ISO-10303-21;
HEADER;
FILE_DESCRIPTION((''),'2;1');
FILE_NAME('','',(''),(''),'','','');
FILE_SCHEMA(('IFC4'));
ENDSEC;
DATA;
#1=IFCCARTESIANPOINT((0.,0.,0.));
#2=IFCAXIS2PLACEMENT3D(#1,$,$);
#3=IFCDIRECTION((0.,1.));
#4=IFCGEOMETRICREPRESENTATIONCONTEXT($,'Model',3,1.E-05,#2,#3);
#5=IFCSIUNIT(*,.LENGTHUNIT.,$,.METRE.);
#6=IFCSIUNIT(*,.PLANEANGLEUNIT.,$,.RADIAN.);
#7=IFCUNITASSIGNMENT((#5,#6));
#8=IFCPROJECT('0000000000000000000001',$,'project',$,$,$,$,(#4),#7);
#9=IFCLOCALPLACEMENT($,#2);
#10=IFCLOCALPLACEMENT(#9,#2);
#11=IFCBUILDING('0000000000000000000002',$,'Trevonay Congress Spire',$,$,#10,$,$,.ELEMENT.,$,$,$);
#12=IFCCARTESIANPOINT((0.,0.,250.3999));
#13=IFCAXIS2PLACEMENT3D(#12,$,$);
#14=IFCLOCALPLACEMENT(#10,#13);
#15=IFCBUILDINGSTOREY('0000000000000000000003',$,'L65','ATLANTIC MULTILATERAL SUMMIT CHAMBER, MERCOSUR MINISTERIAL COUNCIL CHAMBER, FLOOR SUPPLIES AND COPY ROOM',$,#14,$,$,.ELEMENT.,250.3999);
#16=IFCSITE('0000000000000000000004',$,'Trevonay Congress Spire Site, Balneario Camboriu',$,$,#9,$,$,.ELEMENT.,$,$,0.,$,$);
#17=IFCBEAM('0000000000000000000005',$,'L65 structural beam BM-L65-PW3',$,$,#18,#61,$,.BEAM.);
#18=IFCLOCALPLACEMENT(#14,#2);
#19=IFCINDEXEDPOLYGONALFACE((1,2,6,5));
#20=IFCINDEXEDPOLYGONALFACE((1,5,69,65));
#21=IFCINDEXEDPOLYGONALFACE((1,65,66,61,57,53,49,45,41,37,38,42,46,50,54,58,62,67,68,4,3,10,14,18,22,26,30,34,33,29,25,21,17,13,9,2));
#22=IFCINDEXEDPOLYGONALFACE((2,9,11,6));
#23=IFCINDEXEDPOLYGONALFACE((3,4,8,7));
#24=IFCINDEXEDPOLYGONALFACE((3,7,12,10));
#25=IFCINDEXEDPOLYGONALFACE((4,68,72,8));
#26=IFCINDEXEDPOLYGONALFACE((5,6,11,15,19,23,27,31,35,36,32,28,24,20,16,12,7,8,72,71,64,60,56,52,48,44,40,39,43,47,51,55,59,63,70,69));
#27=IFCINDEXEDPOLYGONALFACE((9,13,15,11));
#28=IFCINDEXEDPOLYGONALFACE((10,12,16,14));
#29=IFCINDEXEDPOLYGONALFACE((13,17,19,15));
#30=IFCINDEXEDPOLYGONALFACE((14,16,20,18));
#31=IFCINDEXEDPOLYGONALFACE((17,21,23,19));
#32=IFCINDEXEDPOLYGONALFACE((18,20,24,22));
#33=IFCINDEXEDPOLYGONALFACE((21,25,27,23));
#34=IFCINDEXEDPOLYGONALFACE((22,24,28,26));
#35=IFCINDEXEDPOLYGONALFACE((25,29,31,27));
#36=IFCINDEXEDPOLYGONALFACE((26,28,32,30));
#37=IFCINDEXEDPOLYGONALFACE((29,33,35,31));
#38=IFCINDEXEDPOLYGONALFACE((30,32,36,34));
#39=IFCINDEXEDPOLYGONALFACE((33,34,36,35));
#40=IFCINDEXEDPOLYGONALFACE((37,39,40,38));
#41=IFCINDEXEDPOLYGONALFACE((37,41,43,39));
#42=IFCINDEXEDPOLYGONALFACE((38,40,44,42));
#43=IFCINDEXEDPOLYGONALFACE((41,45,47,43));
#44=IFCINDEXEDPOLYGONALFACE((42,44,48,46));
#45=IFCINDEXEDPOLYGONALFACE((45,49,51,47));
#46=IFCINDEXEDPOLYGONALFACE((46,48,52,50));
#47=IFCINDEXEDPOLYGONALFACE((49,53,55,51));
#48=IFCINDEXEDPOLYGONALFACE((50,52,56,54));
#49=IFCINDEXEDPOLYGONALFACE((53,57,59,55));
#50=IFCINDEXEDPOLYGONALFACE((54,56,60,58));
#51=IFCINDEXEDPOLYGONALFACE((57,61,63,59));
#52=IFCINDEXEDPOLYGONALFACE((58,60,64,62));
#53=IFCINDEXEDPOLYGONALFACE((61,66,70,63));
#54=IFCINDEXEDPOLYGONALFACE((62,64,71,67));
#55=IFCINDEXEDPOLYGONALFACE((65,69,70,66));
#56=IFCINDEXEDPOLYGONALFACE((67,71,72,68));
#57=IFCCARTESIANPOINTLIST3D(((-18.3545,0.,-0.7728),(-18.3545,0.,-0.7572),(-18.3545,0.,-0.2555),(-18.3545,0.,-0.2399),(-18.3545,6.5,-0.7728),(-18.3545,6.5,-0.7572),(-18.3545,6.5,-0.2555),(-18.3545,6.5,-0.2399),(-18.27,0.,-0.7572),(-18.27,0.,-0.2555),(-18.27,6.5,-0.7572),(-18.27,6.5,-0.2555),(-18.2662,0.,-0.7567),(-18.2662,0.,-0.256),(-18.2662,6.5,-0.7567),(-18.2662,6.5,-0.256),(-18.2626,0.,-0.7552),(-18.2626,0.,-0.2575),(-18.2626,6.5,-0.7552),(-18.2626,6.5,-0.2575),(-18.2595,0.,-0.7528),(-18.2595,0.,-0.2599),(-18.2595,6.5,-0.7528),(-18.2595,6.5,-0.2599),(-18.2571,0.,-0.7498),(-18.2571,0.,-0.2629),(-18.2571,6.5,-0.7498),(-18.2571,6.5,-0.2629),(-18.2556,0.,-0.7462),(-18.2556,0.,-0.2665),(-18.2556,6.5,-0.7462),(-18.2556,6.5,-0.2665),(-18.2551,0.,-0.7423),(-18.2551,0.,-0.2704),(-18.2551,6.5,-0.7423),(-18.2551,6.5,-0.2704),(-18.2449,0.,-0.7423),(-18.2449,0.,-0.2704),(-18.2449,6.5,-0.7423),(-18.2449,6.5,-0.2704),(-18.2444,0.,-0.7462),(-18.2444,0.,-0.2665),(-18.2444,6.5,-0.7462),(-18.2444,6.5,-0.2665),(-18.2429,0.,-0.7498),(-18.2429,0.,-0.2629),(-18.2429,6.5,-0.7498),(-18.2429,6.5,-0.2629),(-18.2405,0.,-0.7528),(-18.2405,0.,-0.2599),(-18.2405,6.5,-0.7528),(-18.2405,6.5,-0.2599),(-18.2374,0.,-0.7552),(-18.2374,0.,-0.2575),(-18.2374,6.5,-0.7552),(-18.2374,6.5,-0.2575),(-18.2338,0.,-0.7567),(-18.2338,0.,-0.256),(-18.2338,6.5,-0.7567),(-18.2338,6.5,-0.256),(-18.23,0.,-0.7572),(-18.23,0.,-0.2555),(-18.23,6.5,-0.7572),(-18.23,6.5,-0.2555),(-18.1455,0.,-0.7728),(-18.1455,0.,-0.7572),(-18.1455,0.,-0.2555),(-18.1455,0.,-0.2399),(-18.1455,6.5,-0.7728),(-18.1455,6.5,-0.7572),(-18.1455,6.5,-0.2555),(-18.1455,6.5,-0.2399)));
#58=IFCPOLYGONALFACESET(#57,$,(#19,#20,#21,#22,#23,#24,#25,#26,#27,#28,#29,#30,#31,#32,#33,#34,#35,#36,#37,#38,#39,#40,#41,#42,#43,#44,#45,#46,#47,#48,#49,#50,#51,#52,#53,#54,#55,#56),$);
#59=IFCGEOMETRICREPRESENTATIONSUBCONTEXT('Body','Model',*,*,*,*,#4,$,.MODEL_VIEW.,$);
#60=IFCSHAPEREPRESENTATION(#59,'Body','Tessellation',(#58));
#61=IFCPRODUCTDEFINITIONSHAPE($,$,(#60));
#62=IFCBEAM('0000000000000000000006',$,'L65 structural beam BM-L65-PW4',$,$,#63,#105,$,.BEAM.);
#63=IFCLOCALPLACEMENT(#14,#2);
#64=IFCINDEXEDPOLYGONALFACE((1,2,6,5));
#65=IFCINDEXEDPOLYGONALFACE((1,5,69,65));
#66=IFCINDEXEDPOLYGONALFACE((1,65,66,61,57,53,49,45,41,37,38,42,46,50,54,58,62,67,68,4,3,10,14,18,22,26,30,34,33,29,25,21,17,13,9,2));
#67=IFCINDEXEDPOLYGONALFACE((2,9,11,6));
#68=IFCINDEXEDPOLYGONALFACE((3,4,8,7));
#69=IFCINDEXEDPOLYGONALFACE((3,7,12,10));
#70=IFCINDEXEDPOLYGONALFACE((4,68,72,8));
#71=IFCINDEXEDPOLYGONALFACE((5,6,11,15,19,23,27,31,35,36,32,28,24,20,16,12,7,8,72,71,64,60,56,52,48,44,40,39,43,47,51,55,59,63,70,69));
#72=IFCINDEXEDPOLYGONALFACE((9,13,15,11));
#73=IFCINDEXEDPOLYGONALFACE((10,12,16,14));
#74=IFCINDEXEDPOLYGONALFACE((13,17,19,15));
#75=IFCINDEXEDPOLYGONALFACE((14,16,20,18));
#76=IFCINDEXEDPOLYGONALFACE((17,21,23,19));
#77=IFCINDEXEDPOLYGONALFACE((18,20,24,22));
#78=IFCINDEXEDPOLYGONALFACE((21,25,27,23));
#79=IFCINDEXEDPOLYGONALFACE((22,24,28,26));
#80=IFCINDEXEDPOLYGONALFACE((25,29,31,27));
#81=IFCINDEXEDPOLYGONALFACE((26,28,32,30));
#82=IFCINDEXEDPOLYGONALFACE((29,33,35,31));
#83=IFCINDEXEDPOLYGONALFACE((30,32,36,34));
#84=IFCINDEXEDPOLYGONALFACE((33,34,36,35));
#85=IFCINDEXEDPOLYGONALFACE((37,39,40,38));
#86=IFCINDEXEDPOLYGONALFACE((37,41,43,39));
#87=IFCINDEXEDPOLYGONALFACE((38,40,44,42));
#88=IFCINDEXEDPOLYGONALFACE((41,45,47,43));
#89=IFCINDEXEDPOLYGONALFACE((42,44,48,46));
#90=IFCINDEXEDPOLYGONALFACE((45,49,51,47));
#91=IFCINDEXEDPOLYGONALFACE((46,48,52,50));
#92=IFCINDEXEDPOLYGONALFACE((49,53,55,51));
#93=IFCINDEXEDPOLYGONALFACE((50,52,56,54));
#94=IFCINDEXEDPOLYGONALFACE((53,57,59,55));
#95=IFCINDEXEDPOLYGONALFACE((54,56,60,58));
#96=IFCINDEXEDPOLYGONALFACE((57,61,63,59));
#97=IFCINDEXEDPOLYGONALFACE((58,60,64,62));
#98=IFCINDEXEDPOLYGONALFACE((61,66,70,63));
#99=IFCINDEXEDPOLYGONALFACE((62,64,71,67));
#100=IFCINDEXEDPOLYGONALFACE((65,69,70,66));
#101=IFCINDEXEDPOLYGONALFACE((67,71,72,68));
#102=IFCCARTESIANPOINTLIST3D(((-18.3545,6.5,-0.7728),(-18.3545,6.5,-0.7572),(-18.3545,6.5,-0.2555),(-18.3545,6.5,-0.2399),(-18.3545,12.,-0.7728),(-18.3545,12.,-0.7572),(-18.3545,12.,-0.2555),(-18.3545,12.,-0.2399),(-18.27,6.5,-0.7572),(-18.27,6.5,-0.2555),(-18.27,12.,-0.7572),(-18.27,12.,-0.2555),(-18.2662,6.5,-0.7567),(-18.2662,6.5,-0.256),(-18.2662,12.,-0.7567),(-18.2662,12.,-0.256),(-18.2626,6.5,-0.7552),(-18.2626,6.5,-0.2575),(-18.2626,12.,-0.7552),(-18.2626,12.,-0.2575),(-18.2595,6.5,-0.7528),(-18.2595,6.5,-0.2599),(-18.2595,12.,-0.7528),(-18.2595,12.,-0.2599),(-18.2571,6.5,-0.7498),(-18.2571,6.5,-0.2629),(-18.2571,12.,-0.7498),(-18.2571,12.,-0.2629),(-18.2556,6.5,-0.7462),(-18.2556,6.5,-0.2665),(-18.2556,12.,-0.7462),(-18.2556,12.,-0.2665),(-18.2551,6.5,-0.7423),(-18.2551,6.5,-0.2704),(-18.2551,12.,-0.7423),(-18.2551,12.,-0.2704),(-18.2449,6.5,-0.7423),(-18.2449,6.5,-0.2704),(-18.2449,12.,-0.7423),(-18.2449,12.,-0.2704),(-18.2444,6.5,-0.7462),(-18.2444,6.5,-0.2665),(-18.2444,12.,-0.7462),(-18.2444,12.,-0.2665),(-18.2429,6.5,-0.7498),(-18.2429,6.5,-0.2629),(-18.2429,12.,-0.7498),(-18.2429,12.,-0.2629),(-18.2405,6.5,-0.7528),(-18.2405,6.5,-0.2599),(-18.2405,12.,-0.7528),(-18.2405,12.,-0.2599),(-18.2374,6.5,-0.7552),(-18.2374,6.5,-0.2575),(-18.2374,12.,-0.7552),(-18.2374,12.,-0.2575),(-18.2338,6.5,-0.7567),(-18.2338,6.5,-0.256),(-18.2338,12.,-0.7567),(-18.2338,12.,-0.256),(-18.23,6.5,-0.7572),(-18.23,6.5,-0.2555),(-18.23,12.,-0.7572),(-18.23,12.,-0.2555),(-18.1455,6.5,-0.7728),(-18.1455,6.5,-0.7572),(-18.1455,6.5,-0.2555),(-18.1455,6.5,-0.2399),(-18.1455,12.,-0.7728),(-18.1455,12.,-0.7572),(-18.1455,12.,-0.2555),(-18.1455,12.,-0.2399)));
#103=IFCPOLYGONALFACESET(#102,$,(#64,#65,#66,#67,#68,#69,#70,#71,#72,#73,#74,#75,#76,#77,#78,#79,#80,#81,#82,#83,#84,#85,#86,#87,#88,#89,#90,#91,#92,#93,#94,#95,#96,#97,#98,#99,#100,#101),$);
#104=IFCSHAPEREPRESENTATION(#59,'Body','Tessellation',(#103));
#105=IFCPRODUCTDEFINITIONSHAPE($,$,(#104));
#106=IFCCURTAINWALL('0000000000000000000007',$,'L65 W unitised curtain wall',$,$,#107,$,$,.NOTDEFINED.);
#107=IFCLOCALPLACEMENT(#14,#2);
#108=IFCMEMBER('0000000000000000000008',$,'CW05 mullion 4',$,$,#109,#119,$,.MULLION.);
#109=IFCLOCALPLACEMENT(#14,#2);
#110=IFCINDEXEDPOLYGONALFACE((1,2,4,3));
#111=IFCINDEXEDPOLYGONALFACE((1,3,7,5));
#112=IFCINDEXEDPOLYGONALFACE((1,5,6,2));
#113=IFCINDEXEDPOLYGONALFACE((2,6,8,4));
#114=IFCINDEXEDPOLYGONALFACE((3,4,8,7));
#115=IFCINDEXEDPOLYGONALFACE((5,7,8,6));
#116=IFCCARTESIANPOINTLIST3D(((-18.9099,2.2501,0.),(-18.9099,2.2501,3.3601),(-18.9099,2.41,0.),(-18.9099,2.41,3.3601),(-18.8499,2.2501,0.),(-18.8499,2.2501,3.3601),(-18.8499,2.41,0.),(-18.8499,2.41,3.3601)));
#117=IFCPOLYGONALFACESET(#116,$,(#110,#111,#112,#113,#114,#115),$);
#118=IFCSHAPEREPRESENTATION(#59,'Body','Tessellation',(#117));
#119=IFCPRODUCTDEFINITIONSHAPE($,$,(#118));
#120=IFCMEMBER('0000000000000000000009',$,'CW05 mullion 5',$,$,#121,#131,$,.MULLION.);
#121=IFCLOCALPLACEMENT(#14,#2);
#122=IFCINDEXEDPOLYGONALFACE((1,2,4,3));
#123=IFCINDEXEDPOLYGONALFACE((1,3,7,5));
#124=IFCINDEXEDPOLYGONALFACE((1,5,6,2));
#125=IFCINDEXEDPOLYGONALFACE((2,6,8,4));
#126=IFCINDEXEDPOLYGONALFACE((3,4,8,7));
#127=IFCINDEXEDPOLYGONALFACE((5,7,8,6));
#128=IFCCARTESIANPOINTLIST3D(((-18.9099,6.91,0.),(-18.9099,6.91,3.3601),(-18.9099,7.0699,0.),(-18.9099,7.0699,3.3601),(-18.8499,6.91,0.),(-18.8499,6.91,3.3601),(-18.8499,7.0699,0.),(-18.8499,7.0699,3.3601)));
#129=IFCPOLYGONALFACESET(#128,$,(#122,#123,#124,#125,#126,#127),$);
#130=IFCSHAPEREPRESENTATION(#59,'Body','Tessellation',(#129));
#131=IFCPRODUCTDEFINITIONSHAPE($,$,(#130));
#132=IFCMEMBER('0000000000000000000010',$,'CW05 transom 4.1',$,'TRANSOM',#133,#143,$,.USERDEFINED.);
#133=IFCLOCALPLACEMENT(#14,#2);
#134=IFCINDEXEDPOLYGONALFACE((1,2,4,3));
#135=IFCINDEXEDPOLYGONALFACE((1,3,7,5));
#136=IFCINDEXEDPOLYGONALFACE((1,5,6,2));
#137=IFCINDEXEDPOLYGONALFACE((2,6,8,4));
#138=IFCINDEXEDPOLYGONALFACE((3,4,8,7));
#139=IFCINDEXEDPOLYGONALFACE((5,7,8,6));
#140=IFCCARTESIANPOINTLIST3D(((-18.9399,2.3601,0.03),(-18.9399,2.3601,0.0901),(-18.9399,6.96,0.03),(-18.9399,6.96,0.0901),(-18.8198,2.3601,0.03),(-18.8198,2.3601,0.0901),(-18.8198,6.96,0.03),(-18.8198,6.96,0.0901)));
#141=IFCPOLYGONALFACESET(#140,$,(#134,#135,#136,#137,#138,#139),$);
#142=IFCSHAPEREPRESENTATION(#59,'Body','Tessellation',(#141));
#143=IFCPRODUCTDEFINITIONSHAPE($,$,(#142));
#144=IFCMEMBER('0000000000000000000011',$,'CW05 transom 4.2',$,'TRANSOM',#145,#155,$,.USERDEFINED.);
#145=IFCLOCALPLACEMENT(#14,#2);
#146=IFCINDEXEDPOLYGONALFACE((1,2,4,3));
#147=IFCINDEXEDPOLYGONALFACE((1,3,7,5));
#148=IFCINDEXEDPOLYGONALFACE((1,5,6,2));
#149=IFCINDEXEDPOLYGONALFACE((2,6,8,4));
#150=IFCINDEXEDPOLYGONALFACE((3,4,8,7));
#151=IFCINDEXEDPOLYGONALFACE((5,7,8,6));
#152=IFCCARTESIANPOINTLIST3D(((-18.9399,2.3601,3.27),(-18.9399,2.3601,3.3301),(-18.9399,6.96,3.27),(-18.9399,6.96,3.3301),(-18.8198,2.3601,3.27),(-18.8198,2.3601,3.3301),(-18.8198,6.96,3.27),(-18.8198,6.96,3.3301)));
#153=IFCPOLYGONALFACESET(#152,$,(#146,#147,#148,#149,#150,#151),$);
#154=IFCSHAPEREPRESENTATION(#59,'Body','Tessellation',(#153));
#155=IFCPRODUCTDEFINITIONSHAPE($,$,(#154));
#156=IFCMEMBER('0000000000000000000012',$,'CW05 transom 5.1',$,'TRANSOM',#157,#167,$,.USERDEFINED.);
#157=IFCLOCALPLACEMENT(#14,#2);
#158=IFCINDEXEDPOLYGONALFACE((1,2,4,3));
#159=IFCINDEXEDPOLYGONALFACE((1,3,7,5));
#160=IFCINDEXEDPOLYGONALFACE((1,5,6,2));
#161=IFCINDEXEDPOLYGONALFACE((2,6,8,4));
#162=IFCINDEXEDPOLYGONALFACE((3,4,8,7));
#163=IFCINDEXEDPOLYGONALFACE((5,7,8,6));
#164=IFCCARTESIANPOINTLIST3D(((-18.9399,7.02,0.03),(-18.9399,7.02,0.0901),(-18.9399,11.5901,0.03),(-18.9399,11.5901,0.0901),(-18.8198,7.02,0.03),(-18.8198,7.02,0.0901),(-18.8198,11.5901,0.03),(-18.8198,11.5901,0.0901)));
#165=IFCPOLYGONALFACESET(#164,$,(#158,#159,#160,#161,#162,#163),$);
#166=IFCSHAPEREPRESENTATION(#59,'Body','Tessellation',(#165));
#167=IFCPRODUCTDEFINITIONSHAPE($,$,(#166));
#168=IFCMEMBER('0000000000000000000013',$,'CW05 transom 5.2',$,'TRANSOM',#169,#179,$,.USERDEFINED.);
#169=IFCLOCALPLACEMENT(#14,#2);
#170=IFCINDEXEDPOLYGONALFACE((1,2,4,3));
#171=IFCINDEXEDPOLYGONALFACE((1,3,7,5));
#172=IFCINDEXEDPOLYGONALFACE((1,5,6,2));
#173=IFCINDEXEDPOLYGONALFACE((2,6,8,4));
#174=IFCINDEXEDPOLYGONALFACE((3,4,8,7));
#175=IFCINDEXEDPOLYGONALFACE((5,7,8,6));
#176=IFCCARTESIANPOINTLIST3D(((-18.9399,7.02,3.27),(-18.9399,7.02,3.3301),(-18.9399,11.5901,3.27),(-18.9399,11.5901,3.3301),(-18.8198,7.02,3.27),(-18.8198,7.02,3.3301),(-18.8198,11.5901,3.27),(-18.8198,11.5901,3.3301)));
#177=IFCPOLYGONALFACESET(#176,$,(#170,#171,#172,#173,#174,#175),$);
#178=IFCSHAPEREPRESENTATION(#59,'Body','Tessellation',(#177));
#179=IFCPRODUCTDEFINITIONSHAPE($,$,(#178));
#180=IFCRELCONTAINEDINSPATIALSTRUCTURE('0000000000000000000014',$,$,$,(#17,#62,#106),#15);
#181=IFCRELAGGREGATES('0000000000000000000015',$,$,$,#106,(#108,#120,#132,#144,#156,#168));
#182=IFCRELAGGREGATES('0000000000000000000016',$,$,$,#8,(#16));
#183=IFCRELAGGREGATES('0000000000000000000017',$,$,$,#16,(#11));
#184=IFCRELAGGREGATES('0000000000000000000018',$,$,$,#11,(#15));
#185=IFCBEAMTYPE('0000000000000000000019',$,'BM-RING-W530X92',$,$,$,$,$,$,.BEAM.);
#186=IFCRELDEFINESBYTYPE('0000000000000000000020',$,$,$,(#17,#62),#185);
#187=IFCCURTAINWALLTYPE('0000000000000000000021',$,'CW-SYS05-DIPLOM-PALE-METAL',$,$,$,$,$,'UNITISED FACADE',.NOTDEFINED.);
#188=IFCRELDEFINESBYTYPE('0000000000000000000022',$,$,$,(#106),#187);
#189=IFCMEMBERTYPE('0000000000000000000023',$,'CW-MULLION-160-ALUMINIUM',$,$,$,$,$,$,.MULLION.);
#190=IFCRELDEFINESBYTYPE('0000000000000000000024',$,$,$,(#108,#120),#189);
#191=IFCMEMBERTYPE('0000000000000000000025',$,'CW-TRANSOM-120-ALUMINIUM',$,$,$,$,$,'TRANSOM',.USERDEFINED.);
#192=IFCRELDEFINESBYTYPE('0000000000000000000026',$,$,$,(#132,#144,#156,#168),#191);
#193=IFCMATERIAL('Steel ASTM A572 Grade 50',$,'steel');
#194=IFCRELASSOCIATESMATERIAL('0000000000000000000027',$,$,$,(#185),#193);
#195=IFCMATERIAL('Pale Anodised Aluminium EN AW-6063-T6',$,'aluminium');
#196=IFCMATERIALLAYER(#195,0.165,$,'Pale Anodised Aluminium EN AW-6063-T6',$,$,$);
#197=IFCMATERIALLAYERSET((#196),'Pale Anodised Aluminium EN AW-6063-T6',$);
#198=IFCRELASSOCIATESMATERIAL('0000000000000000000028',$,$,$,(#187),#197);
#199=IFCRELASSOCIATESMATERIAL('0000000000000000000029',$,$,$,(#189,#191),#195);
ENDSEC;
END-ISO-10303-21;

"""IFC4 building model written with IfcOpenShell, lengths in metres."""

from ifc_helpers import new_model, si_unit, direction, frame, origin, origin_2d, place, context, subcontext, project, spatial, rectangle, i_section, extrude, material, layer, layer_set, material_profile, profile_set, type_object, element, aggregate, save


model = new_model("IFC4")

# Units and contexts
model_context = context("Model", 3, precision=1e-05, world=origin(), true_north=direction((0.0, 1.0)))
body_context = subcontext(model_context, "Body", "Model", "MODEL_VIEW")
ifc_project = project(units=[si_unit("LENGTHUNIT", "METRE"), si_unit("PLANEANGLEUNIT", "RADIAN")], contexts=[model_context])

# Site, building, storey
site_placement = place(None, origin())
site = spatial("IfcSite", under=ifc_project, at=site_placement, Name="Trevonay Congress Spire Site, Balneario Camboriu", CompositionType="ELEMENT", RefElevation=0.0)
building_placement = place(site_placement, origin())
building = spatial("IfcBuilding", under=site, at=building_placement, Name="Trevonay Congress Spire", CompositionType="ELEMENT")
storey_placement = place(building_placement, frame((0.0, 0.0, 250.3999)))
storey = spatial("IfcBuildingStorey", under=building, at=storey_placement, Name="L65", Description="ATLANTIC MULTILATERAL SUMMIT CHAMBER, MERCOSUR MINISTERIAL COUNCIL CHAMBER, FLOOR SUPPLIES AND COPY ROOM", CompositionType="ELEMENT", Elevation=250.3999)

# Shared definitions
ifc_material_1 = material(Name="Steel ASTM A572 Grade 50", Category="steel")

# Beams
ifc_material_profile_1 = material_profile(ifc_material_1, i_section(OverallWidth=0.209, OverallDepth=0.533, WebThickness=0.0103, FlangeThickness=0.0156, FilletRadius=0.0149, at=origin_2d()), Name="W530x92")
ifc_profile_set_1 = profile_set([ifc_material_profile_1], Name="Steel ASTM A572 Grade 50")
beam_type_1 = type_object("IfcBeamType", Name="BM-RING-W530X92", PredefinedType="BEAM", material=ifc_profile_set_1)
beam_1_placement = place(storey_placement, frame((-18.25, 0.0, -0.5063), z_axis=(0.0, 1.0, 0.0), x_axis=(-1.0, 0.0, 0.0)))
element("IfcBeam", 1, at=beam_1_placement, inside=storey, type_object=beam_type_1, Name="L65 structural beam BM-L65-PW3", PredefinedType="BEAM", context=body_context, shape_type="SweptSolid", body=[
    extrude(i_section(OverallWidth=0.209, OverallDepth=0.533, WebThickness=0.0103, FlangeThickness=0.0156, FilletRadius=0.0149, at=origin_2d()), origin(), (0.0, 0.0, 1.0), 6.5),
])
beam_2_placement = place(storey_placement, frame((-18.25, 6.5, -0.5063), z_axis=(0.0, 1.0, 0.0), x_axis=(-1.0, 0.0, 0.0)))
element("IfcBeam", 2, at=beam_2_placement, inside=storey, type_object=beam_type_1, Name="L65 structural beam BM-L65-PW4", PredefinedType="BEAM", context=body_context, shape_type="SweptSolid", body=[
    extrude(i_section(OverallWidth=0.209, OverallDepth=0.533, WebThickness=0.0103, FlangeThickness=0.0156, FilletRadius=0.0149, at=origin_2d()), origin(), (0.0, 0.0, 1.0), 5.5),
])

# Curtain wall, members
ifc_material_2 = material(Name="Pale Anodised Aluminium EN AW-6063-T6", Category="aluminium")
ifc_layer_1 = layer(ifc_material_2, 0.165, Name="Pale Anodised Aluminium EN AW-6063-T6")
ifc_layer_set_1 = layer_set([ifc_layer_1], Name="Pale Anodised Aluminium EN AW-6063-T6")
curtain_wall_type = type_object("IfcCurtainWallType", Name="CW-SYS05-DIPLOM-PALE-METAL", ElementType="UNITISED FACADE", PredefinedType="NOTDEFINED", material=ifc_layer_set_1)
curtain_wall_placement = place(storey_placement, origin())
curtain_wall = element("IfcCurtainWall", 3, at=curtain_wall_placement, inside=storey, type_object=curtain_wall_type, Name="L65 W unitised curtain wall", PredefinedType="NOTDEFINED")
ifc_material_profile_2 = material_profile(ifc_material_2, rectangle(XDim=0.0601, YDim=0.1599, at=origin_2d()), Name="CW-MULLION-160-ALUMINIUM")
ifc_profile_set_2 = profile_set([ifc_material_profile_2], Name="Pale Anodised Aluminium EN AW-6063-T6")
member_type_1 = type_object("IfcMemberType", Name="CW-MULLION-160-ALUMINIUM", PredefinedType="MULLION", material=ifc_profile_set_2)
member_1_placement = place(storey_placement, frame((-18.8799, 2.3301, 0.0), z_axis=(0.0, 0.0, 1.0), x_axis=(-1.0, 0.0, 0.0)))
member_1 = element("IfcMember", 4, at=member_1_placement, type_object=member_type_1, Name="CW05 mullion 4", PredefinedType="MULLION", context=body_context, shape_type="SweptSolid", body=[
    extrude(rectangle(XDim=0.0601, YDim=0.1599, at=origin_2d()), origin(), (0.0, 0.0, 1.0), 3.3601),
])
member_2_placement = place(storey_placement, frame((-18.8799, 6.99, 0.0), z_axis=(0.0, 0.0, 1.0), x_axis=(-1.0, 0.0, 0.0)))
member_2 = element("IfcMember", 5, at=member_2_placement, type_object=member_type_1, Name="CW05 mullion 5", PredefinedType="MULLION", context=body_context, shape_type="SweptSolid", body=[
    extrude(rectangle(XDim=0.0601, YDim=0.1599, at=origin_2d()), origin(), (0.0, 0.0, 1.0), 3.3601),
])
ifc_material_profile_3 = material_profile(ifc_material_2, rectangle(XDim=0.1201, YDim=0.0601, at=origin_2d()), Name="CW-TRANSOM-120-ALUMINIUM")
ifc_profile_set_3 = profile_set([ifc_material_profile_3], Name="Pale Anodised Aluminium EN AW-6063-T6")
member_type_2 = type_object("IfcMemberType", Name="CW-TRANSOM-120-ALUMINIUM", ElementType="TRANSOM", PredefinedType="USERDEFINED", material=ifc_profile_set_3)
member_3_placement = place(storey_placement, frame((-18.8799, 2.3601, 0.0601), z_axis=(0.0, 1.0, 0.0), x_axis=(-1.0, 0.0, 0.0)))
member_3 = element("IfcMember", 6, at=member_3_placement, type_object=member_type_2, Name="CW05 transom 4.1", ObjectType="TRANSOM", PredefinedType="USERDEFINED", context=body_context, shape_type="SweptSolid", body=[
    extrude(rectangle(XDim=0.1201, YDim=0.0601, at=origin_2d()), origin(), (0.0, 0.0, 1.0), 4.5999),
])
member_4_placement = place(storey_placement, frame((-18.8799, 2.3601, 3.3), z_axis=(0.0, 1.0, 0.0), x_axis=(-1.0, 0.0, 0.0)))
member_4 = element("IfcMember", 7, at=member_4_placement, type_object=member_type_2, Name="CW05 transom 4.2", ObjectType="TRANSOM", PredefinedType="USERDEFINED", context=body_context, shape_type="SweptSolid", body=[
    extrude(rectangle(XDim=0.1201, YDim=0.0601, at=origin_2d()), origin(), (0.0, 0.0, 1.0), 4.5999),
])
member_5_placement = place(storey_placement, frame((-18.8799, 7.02, 0.0601), z_axis=(0.0, 1.0, 0.0), x_axis=(-1.0, 0.0, 0.0)))
member_5 = element("IfcMember", 8, at=member_5_placement, type_object=member_type_2, Name="CW05 transom 5.1", ObjectType="TRANSOM", PredefinedType="USERDEFINED", context=body_context, shape_type="SweptSolid", body=[
    extrude(rectangle(XDim=0.1201, YDim=0.0601, at=origin_2d()), origin(), (0.0, 0.0, 1.0), 4.5701),
])
member_6_placement = place(storey_placement, frame((-18.8799, 7.02, 3.3), z_axis=(0.0, 1.0, 0.0), x_axis=(-1.0, 0.0, 0.0)))
member_6 = element("IfcMember", 9, at=member_6_placement, type_object=member_type_2, Name="CW05 transom 5.2", ObjectType="TRANSOM", PredefinedType="USERDEFINED", context=body_context, shape_type="SweptSolid", body=[
    extrude(rectangle(XDim=0.1201, YDim=0.0601, at=origin_2d()), origin(), (0.0, 0.0, 1.0), 4.5701),
])

aggregate(curtain_wall, [member_1, member_2, member_3, member_4, member_5, member_6])

save(model, "model.ifc")
